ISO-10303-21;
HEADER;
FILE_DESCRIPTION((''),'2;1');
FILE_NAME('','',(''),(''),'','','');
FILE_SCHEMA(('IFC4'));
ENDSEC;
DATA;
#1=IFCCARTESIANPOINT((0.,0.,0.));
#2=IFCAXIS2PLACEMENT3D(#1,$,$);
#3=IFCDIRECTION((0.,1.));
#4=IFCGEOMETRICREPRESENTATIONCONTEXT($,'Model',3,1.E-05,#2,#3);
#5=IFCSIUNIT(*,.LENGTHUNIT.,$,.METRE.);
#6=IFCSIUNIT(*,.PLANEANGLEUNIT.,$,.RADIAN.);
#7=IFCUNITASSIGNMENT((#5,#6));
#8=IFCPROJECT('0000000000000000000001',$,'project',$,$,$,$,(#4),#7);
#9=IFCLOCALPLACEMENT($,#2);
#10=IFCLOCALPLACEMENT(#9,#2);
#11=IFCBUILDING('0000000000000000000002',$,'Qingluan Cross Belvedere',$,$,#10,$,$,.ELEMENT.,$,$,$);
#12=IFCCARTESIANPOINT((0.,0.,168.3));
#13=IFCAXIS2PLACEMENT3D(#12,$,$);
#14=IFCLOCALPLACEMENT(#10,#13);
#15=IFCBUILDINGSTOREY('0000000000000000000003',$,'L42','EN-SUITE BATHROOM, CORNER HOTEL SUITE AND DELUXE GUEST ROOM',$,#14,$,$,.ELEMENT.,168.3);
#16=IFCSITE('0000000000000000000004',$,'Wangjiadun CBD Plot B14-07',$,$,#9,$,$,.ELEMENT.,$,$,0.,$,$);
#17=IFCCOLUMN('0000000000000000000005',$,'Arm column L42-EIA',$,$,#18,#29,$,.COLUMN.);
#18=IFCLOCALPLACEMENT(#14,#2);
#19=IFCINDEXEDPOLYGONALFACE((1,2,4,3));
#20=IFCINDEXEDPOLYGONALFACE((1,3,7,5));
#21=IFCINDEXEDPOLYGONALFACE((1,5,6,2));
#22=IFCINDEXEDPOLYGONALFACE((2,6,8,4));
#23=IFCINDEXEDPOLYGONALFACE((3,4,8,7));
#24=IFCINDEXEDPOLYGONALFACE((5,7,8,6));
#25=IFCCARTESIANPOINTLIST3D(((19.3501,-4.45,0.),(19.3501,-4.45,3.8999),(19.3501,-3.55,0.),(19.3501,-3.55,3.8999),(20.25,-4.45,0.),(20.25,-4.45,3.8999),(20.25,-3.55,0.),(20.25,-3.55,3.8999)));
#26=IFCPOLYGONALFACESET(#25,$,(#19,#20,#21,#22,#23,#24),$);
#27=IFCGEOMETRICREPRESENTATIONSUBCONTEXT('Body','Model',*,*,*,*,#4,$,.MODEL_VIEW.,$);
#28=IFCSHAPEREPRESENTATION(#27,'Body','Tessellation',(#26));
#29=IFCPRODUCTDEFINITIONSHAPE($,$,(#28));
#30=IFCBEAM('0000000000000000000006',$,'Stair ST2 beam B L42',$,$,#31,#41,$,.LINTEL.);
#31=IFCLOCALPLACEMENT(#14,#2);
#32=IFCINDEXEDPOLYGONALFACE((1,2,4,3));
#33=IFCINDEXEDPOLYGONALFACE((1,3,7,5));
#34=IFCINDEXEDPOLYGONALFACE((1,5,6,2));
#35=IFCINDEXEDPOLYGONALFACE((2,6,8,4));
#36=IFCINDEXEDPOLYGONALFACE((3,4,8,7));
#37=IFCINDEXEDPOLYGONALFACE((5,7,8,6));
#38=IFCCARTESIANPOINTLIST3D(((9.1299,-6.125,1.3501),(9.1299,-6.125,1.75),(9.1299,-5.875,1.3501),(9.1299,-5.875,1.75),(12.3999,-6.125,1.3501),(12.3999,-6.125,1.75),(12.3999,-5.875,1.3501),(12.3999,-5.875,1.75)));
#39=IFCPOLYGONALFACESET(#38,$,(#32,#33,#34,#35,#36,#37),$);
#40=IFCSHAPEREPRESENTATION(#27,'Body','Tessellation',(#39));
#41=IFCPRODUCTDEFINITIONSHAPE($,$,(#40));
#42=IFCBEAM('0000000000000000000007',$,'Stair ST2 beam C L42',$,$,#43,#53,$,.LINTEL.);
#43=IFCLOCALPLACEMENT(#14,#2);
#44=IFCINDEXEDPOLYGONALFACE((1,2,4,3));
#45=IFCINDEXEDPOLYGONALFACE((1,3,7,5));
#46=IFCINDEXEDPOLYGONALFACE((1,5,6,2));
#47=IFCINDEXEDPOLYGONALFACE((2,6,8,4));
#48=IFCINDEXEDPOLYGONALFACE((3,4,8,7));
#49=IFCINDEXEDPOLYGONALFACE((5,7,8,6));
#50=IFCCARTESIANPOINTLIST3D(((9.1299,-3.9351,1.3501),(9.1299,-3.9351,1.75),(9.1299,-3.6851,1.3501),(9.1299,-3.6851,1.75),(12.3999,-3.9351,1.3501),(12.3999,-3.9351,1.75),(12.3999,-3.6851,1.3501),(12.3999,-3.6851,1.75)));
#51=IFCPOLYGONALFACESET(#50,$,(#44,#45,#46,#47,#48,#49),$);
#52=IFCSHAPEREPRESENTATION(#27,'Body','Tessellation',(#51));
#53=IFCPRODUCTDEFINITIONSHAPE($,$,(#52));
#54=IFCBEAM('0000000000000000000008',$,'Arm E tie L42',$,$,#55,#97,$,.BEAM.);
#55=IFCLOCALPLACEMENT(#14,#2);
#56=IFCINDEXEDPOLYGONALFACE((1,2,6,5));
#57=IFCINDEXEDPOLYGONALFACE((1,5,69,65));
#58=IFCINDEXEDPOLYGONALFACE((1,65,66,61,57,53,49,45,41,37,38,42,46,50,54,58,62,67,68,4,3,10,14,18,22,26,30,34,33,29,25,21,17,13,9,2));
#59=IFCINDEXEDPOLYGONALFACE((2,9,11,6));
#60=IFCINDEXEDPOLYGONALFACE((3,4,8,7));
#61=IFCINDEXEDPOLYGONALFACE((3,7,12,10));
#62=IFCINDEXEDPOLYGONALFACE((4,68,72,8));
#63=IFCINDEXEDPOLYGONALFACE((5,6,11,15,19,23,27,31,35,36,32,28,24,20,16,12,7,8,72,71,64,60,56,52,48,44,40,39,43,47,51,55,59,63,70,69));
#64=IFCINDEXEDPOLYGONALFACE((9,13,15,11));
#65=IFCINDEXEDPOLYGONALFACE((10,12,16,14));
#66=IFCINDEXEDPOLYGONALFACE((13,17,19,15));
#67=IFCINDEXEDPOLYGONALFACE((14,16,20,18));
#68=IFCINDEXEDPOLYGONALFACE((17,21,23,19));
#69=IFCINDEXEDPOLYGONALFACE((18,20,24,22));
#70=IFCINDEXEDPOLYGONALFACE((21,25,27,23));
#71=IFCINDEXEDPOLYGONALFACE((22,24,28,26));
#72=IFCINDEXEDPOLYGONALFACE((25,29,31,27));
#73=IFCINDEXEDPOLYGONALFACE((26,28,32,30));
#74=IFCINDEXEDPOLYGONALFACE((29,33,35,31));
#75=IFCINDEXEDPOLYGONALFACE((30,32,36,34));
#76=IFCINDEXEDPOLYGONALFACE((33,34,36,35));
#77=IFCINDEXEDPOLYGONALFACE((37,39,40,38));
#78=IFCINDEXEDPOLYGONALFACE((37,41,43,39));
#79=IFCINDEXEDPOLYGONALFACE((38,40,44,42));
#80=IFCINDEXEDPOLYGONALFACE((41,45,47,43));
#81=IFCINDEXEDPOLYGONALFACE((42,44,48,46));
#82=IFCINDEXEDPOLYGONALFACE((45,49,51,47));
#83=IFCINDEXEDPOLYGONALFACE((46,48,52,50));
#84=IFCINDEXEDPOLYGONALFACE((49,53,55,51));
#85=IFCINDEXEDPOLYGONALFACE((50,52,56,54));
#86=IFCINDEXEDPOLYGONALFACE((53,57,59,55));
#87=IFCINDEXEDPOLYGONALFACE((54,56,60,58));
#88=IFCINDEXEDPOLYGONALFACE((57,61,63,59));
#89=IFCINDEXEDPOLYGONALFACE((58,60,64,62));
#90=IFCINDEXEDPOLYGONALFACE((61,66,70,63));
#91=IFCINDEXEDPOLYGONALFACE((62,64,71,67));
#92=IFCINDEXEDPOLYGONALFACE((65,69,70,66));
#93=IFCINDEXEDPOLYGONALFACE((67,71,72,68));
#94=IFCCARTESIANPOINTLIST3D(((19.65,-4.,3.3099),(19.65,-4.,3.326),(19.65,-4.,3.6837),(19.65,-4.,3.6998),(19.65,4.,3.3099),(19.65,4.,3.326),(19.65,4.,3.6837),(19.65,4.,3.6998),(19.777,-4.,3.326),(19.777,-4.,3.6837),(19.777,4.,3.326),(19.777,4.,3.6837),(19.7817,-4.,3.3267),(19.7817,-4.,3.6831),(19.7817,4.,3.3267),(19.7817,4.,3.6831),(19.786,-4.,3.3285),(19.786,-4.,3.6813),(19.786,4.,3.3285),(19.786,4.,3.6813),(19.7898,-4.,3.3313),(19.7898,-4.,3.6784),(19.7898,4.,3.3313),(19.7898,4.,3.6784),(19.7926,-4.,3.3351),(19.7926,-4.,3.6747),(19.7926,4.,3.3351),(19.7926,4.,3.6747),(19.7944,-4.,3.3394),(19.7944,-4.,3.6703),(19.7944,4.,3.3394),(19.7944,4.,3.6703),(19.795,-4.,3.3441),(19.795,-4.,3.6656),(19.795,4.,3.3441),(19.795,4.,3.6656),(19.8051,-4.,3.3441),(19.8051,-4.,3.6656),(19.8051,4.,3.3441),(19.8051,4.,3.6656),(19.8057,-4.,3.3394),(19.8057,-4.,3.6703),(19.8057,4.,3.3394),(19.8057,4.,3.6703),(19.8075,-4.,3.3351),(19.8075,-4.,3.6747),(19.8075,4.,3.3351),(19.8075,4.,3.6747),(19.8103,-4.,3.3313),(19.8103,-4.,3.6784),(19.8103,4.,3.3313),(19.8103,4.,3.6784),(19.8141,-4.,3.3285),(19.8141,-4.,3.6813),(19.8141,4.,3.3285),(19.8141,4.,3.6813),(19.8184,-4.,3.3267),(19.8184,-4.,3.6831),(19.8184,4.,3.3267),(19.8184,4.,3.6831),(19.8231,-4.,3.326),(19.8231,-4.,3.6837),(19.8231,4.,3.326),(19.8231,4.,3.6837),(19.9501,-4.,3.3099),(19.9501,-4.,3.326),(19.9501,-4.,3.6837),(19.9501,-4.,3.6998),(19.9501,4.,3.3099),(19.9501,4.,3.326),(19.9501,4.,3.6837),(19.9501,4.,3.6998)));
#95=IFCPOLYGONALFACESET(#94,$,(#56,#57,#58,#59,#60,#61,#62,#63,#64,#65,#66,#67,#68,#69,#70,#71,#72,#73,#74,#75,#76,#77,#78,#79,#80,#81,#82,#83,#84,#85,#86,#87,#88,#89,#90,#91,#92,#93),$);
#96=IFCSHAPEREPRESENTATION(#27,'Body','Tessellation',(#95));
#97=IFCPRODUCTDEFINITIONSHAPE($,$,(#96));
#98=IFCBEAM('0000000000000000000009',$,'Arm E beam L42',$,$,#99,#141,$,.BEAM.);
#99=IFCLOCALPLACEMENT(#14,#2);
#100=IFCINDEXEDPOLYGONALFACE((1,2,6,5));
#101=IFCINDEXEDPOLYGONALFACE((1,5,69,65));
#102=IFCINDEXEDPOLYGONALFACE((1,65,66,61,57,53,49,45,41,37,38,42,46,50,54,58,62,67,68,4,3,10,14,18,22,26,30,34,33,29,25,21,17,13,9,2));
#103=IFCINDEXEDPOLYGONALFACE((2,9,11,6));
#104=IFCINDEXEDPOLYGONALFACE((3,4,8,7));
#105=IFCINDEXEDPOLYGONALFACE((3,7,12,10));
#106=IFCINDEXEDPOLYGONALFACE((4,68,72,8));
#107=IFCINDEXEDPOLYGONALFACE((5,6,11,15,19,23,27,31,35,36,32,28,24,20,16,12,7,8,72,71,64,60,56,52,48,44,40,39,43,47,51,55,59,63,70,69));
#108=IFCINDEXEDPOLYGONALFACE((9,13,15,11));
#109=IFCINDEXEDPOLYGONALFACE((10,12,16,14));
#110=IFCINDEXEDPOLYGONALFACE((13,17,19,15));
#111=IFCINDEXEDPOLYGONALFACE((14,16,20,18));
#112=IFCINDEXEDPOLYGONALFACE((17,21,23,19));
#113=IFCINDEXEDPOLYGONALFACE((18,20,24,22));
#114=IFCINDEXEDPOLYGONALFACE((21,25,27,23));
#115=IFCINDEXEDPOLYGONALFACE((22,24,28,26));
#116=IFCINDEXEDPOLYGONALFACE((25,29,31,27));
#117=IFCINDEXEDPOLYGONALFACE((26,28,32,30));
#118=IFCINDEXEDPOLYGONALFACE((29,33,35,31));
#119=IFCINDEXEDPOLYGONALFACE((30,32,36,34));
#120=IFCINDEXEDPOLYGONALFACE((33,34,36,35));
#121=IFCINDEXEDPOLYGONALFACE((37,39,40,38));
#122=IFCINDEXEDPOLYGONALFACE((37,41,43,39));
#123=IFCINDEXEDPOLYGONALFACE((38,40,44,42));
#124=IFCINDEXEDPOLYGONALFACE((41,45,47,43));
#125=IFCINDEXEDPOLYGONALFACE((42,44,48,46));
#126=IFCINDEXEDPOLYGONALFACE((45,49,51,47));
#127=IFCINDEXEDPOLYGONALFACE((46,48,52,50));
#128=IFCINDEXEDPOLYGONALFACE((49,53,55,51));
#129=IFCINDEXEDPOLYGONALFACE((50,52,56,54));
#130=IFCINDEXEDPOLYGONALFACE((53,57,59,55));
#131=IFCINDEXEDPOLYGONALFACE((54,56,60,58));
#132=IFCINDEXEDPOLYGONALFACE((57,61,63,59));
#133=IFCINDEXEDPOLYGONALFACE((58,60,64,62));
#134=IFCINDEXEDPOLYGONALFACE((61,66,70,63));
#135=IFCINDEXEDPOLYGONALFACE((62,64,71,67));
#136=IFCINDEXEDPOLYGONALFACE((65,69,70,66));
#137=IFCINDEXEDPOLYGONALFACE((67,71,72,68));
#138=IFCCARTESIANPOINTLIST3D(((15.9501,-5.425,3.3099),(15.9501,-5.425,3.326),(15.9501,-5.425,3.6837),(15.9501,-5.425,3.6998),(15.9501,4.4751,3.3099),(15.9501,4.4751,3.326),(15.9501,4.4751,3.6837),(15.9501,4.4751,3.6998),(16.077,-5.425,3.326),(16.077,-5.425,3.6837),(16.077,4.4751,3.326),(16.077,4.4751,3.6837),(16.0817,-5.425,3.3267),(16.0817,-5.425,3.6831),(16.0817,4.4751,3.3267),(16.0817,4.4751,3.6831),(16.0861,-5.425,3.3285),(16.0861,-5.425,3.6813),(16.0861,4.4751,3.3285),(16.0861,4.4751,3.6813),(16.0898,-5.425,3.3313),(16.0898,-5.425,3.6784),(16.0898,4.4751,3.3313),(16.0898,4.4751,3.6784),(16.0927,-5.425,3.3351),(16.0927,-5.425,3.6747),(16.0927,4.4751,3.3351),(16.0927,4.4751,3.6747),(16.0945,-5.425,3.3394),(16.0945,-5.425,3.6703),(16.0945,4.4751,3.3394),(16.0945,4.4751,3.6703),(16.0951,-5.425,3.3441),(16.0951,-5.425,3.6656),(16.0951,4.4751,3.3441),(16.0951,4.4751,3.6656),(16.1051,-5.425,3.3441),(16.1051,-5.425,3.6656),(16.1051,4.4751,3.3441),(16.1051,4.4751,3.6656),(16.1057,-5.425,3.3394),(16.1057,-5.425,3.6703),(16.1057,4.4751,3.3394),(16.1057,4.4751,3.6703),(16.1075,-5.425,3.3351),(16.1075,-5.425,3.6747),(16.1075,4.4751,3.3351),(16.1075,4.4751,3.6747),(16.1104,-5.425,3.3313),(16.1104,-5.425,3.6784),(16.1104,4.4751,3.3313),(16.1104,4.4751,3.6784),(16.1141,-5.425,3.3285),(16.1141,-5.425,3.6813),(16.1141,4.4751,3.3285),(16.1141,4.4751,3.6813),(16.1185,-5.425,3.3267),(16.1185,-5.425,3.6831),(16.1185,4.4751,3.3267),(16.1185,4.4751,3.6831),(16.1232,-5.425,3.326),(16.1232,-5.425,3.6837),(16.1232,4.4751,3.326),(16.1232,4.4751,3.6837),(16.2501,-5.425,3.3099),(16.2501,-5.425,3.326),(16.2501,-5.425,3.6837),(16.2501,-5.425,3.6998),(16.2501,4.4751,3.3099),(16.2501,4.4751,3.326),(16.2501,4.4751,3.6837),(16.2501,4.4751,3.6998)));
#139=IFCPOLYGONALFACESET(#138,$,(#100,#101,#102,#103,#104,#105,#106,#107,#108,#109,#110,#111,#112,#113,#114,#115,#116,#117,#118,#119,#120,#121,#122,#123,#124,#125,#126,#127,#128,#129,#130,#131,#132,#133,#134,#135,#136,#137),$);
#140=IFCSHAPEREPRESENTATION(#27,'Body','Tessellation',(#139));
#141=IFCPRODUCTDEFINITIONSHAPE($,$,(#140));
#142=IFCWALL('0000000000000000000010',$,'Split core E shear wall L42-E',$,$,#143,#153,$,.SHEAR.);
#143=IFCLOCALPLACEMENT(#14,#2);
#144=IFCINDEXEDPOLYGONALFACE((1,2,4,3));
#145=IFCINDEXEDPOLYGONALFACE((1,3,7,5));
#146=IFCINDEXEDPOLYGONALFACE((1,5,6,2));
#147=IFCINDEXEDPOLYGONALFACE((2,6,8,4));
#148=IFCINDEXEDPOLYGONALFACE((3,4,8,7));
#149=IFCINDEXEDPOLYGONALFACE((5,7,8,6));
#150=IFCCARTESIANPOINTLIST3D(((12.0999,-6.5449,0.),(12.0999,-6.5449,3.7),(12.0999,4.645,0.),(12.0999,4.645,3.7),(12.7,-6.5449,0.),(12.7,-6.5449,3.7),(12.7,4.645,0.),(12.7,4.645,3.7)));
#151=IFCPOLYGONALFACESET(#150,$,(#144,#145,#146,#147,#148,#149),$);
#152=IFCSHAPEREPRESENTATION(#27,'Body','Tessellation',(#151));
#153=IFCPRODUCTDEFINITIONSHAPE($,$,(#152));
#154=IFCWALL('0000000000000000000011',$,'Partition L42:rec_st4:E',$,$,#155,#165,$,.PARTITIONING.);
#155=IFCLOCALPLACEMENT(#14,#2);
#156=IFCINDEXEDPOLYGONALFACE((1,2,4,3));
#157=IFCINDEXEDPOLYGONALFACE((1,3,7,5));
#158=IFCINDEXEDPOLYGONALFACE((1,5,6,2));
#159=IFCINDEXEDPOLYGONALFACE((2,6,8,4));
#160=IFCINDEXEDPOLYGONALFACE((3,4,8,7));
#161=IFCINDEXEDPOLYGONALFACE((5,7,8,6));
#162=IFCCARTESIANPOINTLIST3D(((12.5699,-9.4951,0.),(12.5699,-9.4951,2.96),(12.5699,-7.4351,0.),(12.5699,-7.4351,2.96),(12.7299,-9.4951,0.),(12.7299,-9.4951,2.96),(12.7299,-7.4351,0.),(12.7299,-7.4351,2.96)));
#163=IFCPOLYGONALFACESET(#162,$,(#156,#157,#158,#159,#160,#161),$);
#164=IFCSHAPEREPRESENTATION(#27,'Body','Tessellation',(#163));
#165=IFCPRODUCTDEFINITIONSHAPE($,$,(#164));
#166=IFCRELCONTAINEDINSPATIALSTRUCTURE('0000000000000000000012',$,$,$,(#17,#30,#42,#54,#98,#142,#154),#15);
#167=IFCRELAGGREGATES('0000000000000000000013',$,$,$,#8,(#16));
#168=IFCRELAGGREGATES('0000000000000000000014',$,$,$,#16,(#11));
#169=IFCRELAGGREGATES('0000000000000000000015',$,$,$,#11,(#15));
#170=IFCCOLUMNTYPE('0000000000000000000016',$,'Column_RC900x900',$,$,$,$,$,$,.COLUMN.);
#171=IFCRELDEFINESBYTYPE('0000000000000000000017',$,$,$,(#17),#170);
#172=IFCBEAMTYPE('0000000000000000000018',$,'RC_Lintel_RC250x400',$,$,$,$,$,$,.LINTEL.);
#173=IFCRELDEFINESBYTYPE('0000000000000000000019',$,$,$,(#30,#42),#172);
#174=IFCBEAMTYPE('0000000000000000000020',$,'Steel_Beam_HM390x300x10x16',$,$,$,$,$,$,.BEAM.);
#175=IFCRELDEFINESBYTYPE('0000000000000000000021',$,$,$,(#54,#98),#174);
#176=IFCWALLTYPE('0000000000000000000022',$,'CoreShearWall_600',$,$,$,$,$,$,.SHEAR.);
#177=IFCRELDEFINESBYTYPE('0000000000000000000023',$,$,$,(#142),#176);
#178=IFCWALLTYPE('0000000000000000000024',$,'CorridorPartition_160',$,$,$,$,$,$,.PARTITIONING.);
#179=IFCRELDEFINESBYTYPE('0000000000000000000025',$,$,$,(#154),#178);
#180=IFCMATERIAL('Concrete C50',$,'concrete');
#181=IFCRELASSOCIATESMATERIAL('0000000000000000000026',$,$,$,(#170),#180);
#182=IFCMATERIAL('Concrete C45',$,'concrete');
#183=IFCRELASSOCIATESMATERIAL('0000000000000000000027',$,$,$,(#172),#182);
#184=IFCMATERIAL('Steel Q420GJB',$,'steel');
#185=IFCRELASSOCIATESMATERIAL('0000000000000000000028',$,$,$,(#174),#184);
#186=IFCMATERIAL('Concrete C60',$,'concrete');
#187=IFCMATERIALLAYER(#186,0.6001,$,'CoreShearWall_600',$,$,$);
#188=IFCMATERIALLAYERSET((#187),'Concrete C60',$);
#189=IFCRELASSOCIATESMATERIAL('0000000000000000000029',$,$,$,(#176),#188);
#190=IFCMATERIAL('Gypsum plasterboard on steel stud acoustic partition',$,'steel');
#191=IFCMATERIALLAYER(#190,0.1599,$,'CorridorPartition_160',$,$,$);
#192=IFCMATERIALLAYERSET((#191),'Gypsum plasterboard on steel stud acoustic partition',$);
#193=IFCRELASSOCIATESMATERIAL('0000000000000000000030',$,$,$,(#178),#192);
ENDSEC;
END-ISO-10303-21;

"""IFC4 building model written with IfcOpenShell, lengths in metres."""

from ifc_helpers import new_model, si_unit, direction, frame, frame_2d, origin, origin_2d, place, context, subcontext, project, spatial, rectangle, i_section, extrude, material, layer, layer_set, material_profile, profile_set, type_object, element, save


model = new_model("IFC4")

# Units and contexts
model_context = context("Model", 3, precision=1e-05, world=origin(), true_north=direction((0.0, 1.0)))
body_context = subcontext(model_context, "Body", "Model", "MODEL_VIEW")
ifc_project = project(units=[si_unit("LENGTHUNIT", "METRE"), si_unit("PLANEANGLEUNIT", "RADIAN")], contexts=[model_context])

# Site, building, storey
site_placement = place(None, origin())
site = spatial("IfcSite", under=ifc_project, at=site_placement, Name="Wangjiadun CBD Plot B14-07", CompositionType="ELEMENT", RefElevation=0.0)
building_placement = place(site_placement, origin())
building = spatial("IfcBuilding", under=site, at=building_placement, Name="Qingluan Cross Belvedere", CompositionType="ELEMENT")
storey_placement = place(building_placement, frame((0.0, 0.0, 168.3)))
storey = spatial("IfcBuildingStorey", under=building, at=storey_placement, Name="L42", Description="EN-SUITE BATHROOM, CORNER HOTEL SUITE AND DELUXE GUEST ROOM", CompositionType="ELEMENT", Elevation=168.3)

# Column
ifc_material_1 = material(Name="Concrete C50", Category="concrete")
ifc_material_profile_1 = material_profile(ifc_material_1, rectangle(XDim=0.8999, YDim=0.8999, at=origin_2d()), Name="RC900x900")
ifc_profile_set_1 = profile_set([ifc_material_profile_1], Name="Concrete C50")
column_type = type_object("IfcColumnType", Name="Column_RC900x900", PredefinedType="COLUMN", material=ifc_profile_set_1)
column_placement = place(storey_placement, frame((19.8, -4.0, 0.0), z_axis=(0.0, 0.0, 1.0), x_axis=(1.0, 0.0, 0.0)))
element("IfcColumn", 1, at=column_placement, inside=storey, type_object=column_type, Name="Arm column L42-EIA", PredefinedType="COLUMN", context=body_context, shape_type="SweptSolid", body=[
    extrude(rectangle(XDim=0.8999, YDim=0.8999, at=origin_2d()), origin(), (0.0, 0.0, 1.0), 3.8999),
])

# Beams
ifc_material_2 = material(Name="Concrete C45", Category="concrete")
ifc_material_profile_2 = material_profile(ifc_material_2, rectangle(XDim=0.25, YDim=0.3999, at=origin_2d()), Name="RC250x400")
ifc_profile_set_2 = profile_set([ifc_material_profile_2], Name="Concrete C45")
beam_type_1 = type_object("IfcBeamType", Name="RC_Lintel_RC250x400", PredefinedType="LINTEL", material=ifc_profile_set_2)
for number, where, z_axis, x_axis, name in (
    (2, (12.3999, -6.0, 1.55), (-1.0, 0.0, 0.0), (0.0, -1.0, 0.0), "Stair ST2 beam B L42"),
    (3, (12.3999, -3.8101, 1.55), (-1.0, 0.0, 0.0), (0.0, -1.0, 0.0), "Stair ST2 beam C L42"),
):
    element("IfcBeam", number, at=place(storey_placement, frame(where, z_axis=z_axis, x_axis=x_axis)), inside=storey, type_object=beam_type_1, Name=name, PredefinedType="LINTEL", context=body_context, shape_type="SweptSolid", body=[
        extrude(rectangle(XDim=0.25, YDim=0.3999, at=origin_2d()), origin(), (0.0, 0.0, 1.0), 3.27),
    ])
ifc_material_3 = material(Name="Steel Q420GJB", Category="steel")
ifc_material_profile_3 = material_profile(ifc_material_3, i_section(OverallWidth=0.3, OverallDepth=0.3899, WebThickness=0.01, FlangeThickness=0.0161, FilletRadius=0.0181, at=origin_2d()), Name="HM390x300x10x16")
ifc_profile_set_3 = profile_set([ifc_material_profile_3], Name="Steel Q420GJB")
beam_type_2 = type_object("IfcBeamType", Name="Steel_Beam_HM390x300x10x16", PredefinedType="BEAM", material=ifc_profile_set_3)
beam_1_placement = place(storey_placement, frame((19.8, -4.0, 3.5049), z_axis=(0.0, 1.0, 0.0), x_axis=(-1.0, 0.0, 0.0)))
element("IfcBeam", 4, at=beam_1_placement, inside=storey, type_object=beam_type_2, Name="Arm E tie L42", PredefinedType="BEAM", context=body_context, shape_type="SweptSolid", body=[
    extrude(i_section(OverallWidth=0.3, OverallDepth=0.3899, WebThickness=0.01, FlangeThickness=0.0161, FilletRadius=0.0181, at=origin_2d()), origin(), (0.0, 0.0, 1.0), 8.0),
])
beam_2_placement = place(storey_placement, frame((16.1001, -5.425, 3.5049), z_axis=(0.0, 1.0, 0.0), x_axis=(-1.0, 0.0, 0.0)))
element("IfcBeam", 5, at=beam_2_placement, inside=storey, type_object=beam_type_2, Name="Arm E beam L42", PredefinedType="BEAM", context=body_context, shape_type="SweptSolid", body=[
    extrude(i_section(OverallWidth=0.3, OverallDepth=0.3899, WebThickness=0.01, FlangeThickness=0.0161, FilletRadius=0.0181, at=origin_2d()), origin(), (0.0, 0.0, 1.0), 9.9001),
])

# Walls
ifc_material_4 = material(Name="Concrete C60", Category="concrete")
ifc_layer_1 = layer(ifc_material_4, 0.6001, Name="CoreShearWall_600")
ifc_layer_set_1 = layer_set([ifc_layer_1], Name="Concrete C60")
wall_type_1 = type_object("IfcWallType", Name="CoreShearWall_600", PredefinedType="SHEAR", material=ifc_layer_set_1)
wall_1_placement = place(storey_placement, frame((12.3999, -6.5449, 0.0), z_axis=(0.0, 0.0, 1.0), x_axis=(0.0, 1.0, 0.0)))
element("IfcWall", 6, at=wall_1_placement, inside=storey, type_object=wall_type_1, Name="Split core E shear wall L42-E", PredefinedType="SHEAR", context=body_context, shape_type="SweptSolid", body=[
    extrude(rectangle(XDim=11.1899, YDim=0.6001, at=frame_2d((5.595, 0.0))), origin(), (0.0, 0.0, 1.0), 3.7),
])
ifc_material_5 = material(Name="Gypsum plasterboard on steel stud acoustic partition", Category="steel")
ifc_layer_2 = layer(ifc_material_5, 0.1599, Name="CorridorPartition_160")
ifc_layer_set_2 = layer_set([ifc_layer_2], Name="Gypsum plasterboard on steel stud acoustic partition")
wall_type_2 = type_object("IfcWallType", Name="CorridorPartition_160", PredefinedType="PARTITIONING", material=ifc_layer_set_2)
wall_2_placement = place(storey_placement, frame((12.6499, -9.4951, 0.0), z_axis=(0.0, 0.0, 1.0), x_axis=(0.0, 1.0, 0.0)))
element("IfcWall", 7, at=wall_2_placement, inside=storey, type_object=wall_type_2, Name="Partition L42:rec_st4:E", PredefinedType="PARTITIONING", context=body_context, shape_type="SweptSolid", body=[
    extrude(rectangle(XDim=2.0601, YDim=0.1599, at=frame_2d((1.03, 0.0))), origin(), (0.0, 0.0, 1.0), 2.96),
])

save(model, "model.ifc")
